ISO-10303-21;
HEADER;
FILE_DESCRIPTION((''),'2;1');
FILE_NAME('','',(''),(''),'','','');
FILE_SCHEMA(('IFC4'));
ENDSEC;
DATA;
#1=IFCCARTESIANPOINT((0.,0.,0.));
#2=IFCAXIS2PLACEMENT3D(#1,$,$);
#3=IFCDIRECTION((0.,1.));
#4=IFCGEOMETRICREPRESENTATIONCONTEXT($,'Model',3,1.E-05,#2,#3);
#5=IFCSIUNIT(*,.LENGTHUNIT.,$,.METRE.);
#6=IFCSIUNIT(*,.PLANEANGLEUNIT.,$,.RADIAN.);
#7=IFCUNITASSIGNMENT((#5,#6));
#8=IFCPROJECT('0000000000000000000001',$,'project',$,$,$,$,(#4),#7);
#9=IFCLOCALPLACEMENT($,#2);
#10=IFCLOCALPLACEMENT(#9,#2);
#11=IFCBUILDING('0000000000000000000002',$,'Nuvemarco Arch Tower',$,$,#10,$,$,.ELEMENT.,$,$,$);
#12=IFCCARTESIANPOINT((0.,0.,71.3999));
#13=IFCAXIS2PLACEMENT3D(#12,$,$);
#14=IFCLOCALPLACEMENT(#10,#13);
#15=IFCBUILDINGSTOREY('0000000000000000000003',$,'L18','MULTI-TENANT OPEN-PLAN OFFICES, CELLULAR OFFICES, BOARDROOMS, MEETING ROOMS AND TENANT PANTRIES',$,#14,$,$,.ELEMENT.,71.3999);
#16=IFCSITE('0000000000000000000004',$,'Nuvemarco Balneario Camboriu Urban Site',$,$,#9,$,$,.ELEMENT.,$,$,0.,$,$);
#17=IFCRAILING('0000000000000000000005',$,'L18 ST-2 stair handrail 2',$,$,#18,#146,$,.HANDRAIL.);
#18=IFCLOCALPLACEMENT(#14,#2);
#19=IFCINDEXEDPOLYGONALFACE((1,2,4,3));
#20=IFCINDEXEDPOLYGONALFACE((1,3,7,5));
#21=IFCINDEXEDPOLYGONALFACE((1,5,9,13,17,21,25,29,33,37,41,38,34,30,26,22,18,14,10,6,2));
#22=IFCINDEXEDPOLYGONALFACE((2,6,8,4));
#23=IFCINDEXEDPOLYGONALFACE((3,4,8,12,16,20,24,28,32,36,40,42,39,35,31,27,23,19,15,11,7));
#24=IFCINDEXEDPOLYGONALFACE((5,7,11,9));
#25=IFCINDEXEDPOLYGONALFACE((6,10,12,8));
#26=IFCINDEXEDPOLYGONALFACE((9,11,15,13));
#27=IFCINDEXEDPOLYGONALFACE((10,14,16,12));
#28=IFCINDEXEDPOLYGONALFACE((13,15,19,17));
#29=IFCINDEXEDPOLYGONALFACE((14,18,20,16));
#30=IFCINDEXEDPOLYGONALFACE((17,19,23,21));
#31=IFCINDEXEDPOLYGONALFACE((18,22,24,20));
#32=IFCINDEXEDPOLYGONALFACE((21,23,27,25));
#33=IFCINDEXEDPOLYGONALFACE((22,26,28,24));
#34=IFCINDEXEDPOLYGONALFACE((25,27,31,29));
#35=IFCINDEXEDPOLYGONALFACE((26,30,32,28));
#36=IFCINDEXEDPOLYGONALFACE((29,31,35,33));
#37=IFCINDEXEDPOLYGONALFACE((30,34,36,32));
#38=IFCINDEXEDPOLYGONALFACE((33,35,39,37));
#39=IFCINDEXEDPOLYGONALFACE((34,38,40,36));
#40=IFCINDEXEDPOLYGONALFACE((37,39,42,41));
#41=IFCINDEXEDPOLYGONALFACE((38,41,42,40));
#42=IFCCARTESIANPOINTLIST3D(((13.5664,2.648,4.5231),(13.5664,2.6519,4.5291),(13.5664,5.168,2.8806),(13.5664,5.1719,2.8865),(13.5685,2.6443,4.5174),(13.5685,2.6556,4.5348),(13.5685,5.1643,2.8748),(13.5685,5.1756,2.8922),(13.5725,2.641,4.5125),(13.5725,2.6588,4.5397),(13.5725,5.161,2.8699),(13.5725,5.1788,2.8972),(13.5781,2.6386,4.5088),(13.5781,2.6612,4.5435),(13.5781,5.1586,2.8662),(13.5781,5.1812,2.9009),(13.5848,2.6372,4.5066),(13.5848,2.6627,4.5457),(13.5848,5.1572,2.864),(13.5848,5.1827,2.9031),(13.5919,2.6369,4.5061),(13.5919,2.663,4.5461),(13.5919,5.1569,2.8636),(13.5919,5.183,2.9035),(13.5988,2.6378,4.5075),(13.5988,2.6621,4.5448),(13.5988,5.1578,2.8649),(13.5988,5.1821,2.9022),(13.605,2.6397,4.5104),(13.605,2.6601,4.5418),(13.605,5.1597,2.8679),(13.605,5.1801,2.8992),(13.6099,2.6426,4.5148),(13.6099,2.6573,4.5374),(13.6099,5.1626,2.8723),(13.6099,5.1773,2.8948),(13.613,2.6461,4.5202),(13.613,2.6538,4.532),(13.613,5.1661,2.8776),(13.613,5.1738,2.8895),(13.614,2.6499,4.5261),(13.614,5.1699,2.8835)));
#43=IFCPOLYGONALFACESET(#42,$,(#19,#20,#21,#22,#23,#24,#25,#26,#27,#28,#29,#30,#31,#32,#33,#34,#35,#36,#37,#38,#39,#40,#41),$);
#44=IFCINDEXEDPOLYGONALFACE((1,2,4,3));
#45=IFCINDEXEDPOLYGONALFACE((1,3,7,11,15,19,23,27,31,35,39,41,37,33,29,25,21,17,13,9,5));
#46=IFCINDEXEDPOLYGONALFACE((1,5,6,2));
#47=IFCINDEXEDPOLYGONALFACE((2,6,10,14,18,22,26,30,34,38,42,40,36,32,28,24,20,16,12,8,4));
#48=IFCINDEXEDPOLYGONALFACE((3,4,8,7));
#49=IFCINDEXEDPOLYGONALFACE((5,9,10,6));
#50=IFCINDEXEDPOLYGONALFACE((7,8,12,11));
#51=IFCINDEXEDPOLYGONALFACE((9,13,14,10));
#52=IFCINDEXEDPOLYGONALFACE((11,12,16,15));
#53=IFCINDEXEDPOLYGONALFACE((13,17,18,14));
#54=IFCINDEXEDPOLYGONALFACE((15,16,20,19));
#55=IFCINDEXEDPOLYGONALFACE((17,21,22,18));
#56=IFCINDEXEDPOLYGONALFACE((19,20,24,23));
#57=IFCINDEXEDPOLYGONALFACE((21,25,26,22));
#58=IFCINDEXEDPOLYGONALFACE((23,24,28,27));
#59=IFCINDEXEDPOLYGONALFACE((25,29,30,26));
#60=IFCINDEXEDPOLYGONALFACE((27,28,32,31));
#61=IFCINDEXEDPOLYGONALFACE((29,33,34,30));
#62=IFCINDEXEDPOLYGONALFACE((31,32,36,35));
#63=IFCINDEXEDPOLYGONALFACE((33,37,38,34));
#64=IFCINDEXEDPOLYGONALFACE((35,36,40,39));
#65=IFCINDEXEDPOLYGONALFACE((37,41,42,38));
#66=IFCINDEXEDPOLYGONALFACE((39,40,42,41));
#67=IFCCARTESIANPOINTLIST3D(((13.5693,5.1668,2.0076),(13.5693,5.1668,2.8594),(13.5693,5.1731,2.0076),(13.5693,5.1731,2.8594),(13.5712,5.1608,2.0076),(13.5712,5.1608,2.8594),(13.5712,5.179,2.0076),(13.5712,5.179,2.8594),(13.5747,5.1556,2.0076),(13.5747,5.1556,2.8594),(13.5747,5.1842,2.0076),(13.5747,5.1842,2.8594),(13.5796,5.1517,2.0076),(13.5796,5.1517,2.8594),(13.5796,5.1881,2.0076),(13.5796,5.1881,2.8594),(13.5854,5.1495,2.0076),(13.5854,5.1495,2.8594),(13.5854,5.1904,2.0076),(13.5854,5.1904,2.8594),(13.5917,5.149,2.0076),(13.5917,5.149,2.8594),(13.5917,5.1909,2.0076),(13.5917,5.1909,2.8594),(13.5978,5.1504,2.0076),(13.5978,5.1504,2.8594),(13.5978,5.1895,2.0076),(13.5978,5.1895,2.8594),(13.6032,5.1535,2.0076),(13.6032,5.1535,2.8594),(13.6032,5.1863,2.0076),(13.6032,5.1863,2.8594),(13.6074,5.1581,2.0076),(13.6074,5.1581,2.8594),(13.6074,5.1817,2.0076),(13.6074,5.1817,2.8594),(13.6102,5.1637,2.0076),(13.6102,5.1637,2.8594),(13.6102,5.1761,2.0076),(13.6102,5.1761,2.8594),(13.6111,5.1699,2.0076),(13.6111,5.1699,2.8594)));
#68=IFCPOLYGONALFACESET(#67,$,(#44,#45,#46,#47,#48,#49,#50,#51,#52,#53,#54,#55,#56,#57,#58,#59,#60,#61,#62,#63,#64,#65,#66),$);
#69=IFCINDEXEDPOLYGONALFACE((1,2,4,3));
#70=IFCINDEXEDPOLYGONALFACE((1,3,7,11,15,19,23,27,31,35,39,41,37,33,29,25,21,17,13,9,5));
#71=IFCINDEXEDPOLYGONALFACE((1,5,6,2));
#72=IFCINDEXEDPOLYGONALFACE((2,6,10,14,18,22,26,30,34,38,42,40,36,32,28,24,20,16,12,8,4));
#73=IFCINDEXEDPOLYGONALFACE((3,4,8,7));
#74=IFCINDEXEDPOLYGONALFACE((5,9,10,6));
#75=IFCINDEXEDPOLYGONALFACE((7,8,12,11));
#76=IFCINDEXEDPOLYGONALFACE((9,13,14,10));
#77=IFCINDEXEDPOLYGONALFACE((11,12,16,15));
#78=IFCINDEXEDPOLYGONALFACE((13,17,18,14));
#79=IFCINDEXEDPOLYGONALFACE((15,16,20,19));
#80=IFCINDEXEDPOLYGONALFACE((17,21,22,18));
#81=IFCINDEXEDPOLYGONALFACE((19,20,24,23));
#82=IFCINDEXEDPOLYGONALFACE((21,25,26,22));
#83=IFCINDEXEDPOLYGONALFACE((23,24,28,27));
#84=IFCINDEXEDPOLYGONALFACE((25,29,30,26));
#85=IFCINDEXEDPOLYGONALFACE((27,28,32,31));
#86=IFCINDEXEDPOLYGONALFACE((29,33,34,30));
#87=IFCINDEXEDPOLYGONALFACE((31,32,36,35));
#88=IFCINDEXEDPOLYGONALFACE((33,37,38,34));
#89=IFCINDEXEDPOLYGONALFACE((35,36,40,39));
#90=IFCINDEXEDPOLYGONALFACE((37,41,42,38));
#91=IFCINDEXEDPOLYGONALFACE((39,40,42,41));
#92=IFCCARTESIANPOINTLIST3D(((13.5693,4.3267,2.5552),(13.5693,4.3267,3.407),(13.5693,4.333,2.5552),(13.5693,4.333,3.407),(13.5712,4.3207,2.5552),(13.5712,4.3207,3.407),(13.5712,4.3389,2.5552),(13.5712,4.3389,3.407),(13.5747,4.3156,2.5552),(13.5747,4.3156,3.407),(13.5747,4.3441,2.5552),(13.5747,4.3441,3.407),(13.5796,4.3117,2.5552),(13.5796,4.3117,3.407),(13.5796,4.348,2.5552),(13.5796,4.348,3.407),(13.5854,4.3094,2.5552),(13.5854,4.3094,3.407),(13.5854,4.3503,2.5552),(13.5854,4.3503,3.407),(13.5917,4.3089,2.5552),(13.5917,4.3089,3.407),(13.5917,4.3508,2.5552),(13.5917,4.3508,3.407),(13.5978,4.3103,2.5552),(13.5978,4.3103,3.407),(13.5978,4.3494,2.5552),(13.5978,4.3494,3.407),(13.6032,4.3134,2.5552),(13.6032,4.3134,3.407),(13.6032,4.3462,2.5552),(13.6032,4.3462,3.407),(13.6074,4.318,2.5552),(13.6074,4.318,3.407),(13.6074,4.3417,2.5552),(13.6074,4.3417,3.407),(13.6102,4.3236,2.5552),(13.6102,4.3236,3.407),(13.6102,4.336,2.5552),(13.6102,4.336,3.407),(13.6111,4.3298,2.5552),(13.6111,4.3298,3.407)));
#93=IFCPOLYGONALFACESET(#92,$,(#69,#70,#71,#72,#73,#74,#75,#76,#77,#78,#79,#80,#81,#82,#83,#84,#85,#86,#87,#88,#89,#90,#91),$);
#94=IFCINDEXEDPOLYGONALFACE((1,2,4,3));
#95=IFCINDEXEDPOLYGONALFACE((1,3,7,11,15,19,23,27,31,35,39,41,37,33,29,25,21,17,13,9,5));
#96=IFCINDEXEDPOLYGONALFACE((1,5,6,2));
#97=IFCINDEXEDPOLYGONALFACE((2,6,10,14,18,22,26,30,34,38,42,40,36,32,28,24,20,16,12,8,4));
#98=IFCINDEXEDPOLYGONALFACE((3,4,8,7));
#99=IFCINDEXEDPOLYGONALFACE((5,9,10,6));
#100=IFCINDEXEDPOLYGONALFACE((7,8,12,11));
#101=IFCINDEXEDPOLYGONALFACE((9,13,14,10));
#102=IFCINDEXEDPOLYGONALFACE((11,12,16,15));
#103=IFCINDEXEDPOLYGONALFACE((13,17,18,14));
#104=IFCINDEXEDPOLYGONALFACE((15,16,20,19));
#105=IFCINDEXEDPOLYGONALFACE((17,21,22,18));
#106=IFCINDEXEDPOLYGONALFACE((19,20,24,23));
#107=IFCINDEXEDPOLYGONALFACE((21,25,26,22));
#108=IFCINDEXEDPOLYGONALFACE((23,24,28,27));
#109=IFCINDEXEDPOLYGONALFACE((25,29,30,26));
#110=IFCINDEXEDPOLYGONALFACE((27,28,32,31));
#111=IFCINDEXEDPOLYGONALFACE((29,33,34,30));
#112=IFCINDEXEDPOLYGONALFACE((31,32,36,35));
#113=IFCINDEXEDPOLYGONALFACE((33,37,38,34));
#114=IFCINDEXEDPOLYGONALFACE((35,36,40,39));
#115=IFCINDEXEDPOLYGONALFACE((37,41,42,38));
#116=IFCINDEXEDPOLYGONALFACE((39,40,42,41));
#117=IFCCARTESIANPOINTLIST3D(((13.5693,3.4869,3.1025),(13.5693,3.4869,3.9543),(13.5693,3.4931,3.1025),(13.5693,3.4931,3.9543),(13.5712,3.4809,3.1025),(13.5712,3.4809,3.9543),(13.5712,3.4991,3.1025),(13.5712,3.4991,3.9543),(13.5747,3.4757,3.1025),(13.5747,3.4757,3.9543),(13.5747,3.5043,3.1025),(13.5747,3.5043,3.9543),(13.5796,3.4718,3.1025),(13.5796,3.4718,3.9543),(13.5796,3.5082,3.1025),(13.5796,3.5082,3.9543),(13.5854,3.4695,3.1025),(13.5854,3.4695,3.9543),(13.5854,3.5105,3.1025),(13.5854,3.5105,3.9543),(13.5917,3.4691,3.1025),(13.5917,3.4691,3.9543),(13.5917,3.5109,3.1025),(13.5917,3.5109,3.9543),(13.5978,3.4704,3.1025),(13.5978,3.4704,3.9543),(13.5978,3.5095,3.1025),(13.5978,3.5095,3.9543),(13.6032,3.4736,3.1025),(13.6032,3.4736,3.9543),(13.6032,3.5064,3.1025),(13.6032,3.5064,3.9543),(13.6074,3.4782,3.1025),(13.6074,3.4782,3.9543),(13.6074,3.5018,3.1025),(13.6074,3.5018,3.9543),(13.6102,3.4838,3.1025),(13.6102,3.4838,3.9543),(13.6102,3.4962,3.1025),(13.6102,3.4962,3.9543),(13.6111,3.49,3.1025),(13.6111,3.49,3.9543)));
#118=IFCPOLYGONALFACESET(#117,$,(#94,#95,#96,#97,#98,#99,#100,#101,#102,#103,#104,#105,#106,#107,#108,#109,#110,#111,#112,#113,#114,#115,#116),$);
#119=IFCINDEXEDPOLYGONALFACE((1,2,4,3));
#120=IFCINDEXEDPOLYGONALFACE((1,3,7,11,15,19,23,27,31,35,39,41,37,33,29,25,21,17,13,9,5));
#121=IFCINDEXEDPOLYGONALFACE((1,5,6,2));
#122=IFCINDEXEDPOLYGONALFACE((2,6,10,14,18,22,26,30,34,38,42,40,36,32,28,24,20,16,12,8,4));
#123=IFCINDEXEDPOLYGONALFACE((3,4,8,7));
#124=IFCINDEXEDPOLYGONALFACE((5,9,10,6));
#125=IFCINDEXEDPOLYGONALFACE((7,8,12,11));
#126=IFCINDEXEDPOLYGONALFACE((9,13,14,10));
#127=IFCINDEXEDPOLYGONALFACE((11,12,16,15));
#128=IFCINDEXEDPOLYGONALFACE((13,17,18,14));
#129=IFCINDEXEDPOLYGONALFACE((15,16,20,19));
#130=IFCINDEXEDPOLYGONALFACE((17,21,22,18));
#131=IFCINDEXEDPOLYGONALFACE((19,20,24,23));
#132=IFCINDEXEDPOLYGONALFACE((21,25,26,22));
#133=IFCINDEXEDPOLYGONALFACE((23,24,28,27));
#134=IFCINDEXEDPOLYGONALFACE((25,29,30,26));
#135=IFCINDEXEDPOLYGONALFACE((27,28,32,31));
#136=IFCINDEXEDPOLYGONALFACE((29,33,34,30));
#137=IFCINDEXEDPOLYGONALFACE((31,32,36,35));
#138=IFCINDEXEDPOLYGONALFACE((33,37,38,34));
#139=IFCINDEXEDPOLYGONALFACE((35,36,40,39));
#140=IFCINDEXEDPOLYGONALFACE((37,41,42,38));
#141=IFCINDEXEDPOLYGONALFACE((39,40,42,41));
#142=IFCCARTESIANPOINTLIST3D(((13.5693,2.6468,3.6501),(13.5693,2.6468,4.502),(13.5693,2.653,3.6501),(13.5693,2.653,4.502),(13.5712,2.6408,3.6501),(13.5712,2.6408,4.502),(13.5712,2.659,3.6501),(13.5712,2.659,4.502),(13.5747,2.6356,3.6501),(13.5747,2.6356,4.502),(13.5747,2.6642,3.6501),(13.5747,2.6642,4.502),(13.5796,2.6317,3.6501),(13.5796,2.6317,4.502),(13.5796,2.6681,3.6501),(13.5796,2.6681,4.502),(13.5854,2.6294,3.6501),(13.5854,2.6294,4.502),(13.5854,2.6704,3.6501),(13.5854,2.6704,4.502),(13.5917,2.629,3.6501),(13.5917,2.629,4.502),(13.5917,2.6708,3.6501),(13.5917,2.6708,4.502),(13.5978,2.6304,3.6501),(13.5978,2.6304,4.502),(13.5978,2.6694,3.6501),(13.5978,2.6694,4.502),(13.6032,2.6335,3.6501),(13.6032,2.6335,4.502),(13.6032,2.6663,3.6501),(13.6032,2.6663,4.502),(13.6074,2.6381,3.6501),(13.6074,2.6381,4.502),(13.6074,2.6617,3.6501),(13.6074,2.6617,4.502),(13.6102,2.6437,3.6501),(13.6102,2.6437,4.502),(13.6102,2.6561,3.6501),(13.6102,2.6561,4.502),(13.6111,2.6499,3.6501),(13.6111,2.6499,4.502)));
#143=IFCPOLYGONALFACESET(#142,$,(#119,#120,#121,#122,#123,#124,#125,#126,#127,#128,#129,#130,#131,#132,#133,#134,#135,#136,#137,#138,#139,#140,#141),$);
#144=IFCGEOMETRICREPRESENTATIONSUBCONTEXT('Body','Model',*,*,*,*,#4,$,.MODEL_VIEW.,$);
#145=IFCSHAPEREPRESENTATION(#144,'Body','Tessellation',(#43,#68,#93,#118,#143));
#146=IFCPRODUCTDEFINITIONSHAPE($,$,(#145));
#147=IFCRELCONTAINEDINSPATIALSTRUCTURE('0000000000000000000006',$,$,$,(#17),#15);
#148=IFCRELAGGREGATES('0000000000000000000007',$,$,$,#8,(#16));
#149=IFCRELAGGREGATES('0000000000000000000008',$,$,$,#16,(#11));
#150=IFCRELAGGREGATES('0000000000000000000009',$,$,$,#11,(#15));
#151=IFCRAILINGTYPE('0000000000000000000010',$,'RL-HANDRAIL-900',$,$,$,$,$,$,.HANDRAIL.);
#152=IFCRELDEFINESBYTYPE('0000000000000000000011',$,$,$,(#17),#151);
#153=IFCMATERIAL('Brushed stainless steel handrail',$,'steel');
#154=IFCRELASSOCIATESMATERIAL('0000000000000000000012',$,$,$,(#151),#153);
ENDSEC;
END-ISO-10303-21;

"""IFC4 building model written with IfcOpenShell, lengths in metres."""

from ifc_helpers import new_model, si_unit, direction, frame, origin, origin_2d, place, context, subcontext, project, spatial, circle, extrude, material, type_object, element, save


model = new_model("IFC4")

# Units and contexts
model_context = context("Model", 3, precision=1e-05, world=origin(), true_north=direction((0.0, 1.0)))
body_context = subcontext(model_context, "Body", "Model", "MODEL_VIEW")
ifc_project = project(units=[si_unit("LENGTHUNIT", "METRE"), si_unit("PLANEANGLEUNIT", "RADIAN")], contexts=[model_context])

# Site, building, storey
site_placement = place(None, origin())
site = spatial("IfcSite", under=ifc_project, at=site_placement, Name="Nuvemarco Balneario Camboriu Urban Site", CompositionType="ELEMENT", RefElevation=0.0)
building_placement = place(site_placement, origin())
building = spatial("IfcBuilding", under=site, at=building_placement, Name="Nuvemarco Arch Tower", CompositionType="ELEMENT")
storey_placement = place(building_placement, frame((0.0, 0.0, 71.3999)))
storey = spatial("IfcBuildingStorey", under=building, at=storey_placement, Name="L18", Description="MULTI-TENANT OPEN-PLAN OFFICES, CELLULAR OFFICES, BOARDROOMS, MEETING ROOMS AND TENANT PANTRIES", CompositionType="ELEMENT", Elevation=71.3999)

# Railing
ifc_material_1 = material(Name="Brushed stainless steel handrail", Category="steel")
railing_type_1 = type_object("IfcRailingType", Name="RL-HANDRAIL-900", PredefinedType="HANDRAIL", material=ifc_material_1)
railing_1_placement = place(storey_placement, frame((13.5901, 5.1699, 2.0076)))
element("IfcRailing", 1, at=railing_1_placement, inside=storey, type_object=railing_type_1, Name="L18 ST-2 stair handrail 2", PredefinedType="HANDRAIL", context=body_context, shape_type="SweptSolid", body=[
    extrude(circle(Radius=0.0239, at=origin_2d()), frame((0.0, 0.0, 0.876), z_axis=(0.0, -0.837749, 0.546055), x_axis=(1.0, 0.0, 0.0)), (0.0, 0.0, 1.0), 3.0081),
    extrude(circle(Radius=0.021, at=origin_2d()), origin(), (0.0, 0.0, 1.0), 0.8518),
    extrude(circle(Radius=0.021, at=origin_2d()), frame((0.0, -0.8401, 0.5476)), (0.0, 0.0, 1.0), 0.8518),
    extrude(circle(Radius=0.021, at=origin_2d()), frame((0.0, -1.6799, 1.095)), (0.0, 0.0, 1.0), 0.8518),
    extrude(circle(Radius=0.021, at=origin_2d()), frame((0.0, -2.52, 1.6426)), (0.0, 0.0, 1.0), 0.8518),
])

save(model, "model.ifc")
